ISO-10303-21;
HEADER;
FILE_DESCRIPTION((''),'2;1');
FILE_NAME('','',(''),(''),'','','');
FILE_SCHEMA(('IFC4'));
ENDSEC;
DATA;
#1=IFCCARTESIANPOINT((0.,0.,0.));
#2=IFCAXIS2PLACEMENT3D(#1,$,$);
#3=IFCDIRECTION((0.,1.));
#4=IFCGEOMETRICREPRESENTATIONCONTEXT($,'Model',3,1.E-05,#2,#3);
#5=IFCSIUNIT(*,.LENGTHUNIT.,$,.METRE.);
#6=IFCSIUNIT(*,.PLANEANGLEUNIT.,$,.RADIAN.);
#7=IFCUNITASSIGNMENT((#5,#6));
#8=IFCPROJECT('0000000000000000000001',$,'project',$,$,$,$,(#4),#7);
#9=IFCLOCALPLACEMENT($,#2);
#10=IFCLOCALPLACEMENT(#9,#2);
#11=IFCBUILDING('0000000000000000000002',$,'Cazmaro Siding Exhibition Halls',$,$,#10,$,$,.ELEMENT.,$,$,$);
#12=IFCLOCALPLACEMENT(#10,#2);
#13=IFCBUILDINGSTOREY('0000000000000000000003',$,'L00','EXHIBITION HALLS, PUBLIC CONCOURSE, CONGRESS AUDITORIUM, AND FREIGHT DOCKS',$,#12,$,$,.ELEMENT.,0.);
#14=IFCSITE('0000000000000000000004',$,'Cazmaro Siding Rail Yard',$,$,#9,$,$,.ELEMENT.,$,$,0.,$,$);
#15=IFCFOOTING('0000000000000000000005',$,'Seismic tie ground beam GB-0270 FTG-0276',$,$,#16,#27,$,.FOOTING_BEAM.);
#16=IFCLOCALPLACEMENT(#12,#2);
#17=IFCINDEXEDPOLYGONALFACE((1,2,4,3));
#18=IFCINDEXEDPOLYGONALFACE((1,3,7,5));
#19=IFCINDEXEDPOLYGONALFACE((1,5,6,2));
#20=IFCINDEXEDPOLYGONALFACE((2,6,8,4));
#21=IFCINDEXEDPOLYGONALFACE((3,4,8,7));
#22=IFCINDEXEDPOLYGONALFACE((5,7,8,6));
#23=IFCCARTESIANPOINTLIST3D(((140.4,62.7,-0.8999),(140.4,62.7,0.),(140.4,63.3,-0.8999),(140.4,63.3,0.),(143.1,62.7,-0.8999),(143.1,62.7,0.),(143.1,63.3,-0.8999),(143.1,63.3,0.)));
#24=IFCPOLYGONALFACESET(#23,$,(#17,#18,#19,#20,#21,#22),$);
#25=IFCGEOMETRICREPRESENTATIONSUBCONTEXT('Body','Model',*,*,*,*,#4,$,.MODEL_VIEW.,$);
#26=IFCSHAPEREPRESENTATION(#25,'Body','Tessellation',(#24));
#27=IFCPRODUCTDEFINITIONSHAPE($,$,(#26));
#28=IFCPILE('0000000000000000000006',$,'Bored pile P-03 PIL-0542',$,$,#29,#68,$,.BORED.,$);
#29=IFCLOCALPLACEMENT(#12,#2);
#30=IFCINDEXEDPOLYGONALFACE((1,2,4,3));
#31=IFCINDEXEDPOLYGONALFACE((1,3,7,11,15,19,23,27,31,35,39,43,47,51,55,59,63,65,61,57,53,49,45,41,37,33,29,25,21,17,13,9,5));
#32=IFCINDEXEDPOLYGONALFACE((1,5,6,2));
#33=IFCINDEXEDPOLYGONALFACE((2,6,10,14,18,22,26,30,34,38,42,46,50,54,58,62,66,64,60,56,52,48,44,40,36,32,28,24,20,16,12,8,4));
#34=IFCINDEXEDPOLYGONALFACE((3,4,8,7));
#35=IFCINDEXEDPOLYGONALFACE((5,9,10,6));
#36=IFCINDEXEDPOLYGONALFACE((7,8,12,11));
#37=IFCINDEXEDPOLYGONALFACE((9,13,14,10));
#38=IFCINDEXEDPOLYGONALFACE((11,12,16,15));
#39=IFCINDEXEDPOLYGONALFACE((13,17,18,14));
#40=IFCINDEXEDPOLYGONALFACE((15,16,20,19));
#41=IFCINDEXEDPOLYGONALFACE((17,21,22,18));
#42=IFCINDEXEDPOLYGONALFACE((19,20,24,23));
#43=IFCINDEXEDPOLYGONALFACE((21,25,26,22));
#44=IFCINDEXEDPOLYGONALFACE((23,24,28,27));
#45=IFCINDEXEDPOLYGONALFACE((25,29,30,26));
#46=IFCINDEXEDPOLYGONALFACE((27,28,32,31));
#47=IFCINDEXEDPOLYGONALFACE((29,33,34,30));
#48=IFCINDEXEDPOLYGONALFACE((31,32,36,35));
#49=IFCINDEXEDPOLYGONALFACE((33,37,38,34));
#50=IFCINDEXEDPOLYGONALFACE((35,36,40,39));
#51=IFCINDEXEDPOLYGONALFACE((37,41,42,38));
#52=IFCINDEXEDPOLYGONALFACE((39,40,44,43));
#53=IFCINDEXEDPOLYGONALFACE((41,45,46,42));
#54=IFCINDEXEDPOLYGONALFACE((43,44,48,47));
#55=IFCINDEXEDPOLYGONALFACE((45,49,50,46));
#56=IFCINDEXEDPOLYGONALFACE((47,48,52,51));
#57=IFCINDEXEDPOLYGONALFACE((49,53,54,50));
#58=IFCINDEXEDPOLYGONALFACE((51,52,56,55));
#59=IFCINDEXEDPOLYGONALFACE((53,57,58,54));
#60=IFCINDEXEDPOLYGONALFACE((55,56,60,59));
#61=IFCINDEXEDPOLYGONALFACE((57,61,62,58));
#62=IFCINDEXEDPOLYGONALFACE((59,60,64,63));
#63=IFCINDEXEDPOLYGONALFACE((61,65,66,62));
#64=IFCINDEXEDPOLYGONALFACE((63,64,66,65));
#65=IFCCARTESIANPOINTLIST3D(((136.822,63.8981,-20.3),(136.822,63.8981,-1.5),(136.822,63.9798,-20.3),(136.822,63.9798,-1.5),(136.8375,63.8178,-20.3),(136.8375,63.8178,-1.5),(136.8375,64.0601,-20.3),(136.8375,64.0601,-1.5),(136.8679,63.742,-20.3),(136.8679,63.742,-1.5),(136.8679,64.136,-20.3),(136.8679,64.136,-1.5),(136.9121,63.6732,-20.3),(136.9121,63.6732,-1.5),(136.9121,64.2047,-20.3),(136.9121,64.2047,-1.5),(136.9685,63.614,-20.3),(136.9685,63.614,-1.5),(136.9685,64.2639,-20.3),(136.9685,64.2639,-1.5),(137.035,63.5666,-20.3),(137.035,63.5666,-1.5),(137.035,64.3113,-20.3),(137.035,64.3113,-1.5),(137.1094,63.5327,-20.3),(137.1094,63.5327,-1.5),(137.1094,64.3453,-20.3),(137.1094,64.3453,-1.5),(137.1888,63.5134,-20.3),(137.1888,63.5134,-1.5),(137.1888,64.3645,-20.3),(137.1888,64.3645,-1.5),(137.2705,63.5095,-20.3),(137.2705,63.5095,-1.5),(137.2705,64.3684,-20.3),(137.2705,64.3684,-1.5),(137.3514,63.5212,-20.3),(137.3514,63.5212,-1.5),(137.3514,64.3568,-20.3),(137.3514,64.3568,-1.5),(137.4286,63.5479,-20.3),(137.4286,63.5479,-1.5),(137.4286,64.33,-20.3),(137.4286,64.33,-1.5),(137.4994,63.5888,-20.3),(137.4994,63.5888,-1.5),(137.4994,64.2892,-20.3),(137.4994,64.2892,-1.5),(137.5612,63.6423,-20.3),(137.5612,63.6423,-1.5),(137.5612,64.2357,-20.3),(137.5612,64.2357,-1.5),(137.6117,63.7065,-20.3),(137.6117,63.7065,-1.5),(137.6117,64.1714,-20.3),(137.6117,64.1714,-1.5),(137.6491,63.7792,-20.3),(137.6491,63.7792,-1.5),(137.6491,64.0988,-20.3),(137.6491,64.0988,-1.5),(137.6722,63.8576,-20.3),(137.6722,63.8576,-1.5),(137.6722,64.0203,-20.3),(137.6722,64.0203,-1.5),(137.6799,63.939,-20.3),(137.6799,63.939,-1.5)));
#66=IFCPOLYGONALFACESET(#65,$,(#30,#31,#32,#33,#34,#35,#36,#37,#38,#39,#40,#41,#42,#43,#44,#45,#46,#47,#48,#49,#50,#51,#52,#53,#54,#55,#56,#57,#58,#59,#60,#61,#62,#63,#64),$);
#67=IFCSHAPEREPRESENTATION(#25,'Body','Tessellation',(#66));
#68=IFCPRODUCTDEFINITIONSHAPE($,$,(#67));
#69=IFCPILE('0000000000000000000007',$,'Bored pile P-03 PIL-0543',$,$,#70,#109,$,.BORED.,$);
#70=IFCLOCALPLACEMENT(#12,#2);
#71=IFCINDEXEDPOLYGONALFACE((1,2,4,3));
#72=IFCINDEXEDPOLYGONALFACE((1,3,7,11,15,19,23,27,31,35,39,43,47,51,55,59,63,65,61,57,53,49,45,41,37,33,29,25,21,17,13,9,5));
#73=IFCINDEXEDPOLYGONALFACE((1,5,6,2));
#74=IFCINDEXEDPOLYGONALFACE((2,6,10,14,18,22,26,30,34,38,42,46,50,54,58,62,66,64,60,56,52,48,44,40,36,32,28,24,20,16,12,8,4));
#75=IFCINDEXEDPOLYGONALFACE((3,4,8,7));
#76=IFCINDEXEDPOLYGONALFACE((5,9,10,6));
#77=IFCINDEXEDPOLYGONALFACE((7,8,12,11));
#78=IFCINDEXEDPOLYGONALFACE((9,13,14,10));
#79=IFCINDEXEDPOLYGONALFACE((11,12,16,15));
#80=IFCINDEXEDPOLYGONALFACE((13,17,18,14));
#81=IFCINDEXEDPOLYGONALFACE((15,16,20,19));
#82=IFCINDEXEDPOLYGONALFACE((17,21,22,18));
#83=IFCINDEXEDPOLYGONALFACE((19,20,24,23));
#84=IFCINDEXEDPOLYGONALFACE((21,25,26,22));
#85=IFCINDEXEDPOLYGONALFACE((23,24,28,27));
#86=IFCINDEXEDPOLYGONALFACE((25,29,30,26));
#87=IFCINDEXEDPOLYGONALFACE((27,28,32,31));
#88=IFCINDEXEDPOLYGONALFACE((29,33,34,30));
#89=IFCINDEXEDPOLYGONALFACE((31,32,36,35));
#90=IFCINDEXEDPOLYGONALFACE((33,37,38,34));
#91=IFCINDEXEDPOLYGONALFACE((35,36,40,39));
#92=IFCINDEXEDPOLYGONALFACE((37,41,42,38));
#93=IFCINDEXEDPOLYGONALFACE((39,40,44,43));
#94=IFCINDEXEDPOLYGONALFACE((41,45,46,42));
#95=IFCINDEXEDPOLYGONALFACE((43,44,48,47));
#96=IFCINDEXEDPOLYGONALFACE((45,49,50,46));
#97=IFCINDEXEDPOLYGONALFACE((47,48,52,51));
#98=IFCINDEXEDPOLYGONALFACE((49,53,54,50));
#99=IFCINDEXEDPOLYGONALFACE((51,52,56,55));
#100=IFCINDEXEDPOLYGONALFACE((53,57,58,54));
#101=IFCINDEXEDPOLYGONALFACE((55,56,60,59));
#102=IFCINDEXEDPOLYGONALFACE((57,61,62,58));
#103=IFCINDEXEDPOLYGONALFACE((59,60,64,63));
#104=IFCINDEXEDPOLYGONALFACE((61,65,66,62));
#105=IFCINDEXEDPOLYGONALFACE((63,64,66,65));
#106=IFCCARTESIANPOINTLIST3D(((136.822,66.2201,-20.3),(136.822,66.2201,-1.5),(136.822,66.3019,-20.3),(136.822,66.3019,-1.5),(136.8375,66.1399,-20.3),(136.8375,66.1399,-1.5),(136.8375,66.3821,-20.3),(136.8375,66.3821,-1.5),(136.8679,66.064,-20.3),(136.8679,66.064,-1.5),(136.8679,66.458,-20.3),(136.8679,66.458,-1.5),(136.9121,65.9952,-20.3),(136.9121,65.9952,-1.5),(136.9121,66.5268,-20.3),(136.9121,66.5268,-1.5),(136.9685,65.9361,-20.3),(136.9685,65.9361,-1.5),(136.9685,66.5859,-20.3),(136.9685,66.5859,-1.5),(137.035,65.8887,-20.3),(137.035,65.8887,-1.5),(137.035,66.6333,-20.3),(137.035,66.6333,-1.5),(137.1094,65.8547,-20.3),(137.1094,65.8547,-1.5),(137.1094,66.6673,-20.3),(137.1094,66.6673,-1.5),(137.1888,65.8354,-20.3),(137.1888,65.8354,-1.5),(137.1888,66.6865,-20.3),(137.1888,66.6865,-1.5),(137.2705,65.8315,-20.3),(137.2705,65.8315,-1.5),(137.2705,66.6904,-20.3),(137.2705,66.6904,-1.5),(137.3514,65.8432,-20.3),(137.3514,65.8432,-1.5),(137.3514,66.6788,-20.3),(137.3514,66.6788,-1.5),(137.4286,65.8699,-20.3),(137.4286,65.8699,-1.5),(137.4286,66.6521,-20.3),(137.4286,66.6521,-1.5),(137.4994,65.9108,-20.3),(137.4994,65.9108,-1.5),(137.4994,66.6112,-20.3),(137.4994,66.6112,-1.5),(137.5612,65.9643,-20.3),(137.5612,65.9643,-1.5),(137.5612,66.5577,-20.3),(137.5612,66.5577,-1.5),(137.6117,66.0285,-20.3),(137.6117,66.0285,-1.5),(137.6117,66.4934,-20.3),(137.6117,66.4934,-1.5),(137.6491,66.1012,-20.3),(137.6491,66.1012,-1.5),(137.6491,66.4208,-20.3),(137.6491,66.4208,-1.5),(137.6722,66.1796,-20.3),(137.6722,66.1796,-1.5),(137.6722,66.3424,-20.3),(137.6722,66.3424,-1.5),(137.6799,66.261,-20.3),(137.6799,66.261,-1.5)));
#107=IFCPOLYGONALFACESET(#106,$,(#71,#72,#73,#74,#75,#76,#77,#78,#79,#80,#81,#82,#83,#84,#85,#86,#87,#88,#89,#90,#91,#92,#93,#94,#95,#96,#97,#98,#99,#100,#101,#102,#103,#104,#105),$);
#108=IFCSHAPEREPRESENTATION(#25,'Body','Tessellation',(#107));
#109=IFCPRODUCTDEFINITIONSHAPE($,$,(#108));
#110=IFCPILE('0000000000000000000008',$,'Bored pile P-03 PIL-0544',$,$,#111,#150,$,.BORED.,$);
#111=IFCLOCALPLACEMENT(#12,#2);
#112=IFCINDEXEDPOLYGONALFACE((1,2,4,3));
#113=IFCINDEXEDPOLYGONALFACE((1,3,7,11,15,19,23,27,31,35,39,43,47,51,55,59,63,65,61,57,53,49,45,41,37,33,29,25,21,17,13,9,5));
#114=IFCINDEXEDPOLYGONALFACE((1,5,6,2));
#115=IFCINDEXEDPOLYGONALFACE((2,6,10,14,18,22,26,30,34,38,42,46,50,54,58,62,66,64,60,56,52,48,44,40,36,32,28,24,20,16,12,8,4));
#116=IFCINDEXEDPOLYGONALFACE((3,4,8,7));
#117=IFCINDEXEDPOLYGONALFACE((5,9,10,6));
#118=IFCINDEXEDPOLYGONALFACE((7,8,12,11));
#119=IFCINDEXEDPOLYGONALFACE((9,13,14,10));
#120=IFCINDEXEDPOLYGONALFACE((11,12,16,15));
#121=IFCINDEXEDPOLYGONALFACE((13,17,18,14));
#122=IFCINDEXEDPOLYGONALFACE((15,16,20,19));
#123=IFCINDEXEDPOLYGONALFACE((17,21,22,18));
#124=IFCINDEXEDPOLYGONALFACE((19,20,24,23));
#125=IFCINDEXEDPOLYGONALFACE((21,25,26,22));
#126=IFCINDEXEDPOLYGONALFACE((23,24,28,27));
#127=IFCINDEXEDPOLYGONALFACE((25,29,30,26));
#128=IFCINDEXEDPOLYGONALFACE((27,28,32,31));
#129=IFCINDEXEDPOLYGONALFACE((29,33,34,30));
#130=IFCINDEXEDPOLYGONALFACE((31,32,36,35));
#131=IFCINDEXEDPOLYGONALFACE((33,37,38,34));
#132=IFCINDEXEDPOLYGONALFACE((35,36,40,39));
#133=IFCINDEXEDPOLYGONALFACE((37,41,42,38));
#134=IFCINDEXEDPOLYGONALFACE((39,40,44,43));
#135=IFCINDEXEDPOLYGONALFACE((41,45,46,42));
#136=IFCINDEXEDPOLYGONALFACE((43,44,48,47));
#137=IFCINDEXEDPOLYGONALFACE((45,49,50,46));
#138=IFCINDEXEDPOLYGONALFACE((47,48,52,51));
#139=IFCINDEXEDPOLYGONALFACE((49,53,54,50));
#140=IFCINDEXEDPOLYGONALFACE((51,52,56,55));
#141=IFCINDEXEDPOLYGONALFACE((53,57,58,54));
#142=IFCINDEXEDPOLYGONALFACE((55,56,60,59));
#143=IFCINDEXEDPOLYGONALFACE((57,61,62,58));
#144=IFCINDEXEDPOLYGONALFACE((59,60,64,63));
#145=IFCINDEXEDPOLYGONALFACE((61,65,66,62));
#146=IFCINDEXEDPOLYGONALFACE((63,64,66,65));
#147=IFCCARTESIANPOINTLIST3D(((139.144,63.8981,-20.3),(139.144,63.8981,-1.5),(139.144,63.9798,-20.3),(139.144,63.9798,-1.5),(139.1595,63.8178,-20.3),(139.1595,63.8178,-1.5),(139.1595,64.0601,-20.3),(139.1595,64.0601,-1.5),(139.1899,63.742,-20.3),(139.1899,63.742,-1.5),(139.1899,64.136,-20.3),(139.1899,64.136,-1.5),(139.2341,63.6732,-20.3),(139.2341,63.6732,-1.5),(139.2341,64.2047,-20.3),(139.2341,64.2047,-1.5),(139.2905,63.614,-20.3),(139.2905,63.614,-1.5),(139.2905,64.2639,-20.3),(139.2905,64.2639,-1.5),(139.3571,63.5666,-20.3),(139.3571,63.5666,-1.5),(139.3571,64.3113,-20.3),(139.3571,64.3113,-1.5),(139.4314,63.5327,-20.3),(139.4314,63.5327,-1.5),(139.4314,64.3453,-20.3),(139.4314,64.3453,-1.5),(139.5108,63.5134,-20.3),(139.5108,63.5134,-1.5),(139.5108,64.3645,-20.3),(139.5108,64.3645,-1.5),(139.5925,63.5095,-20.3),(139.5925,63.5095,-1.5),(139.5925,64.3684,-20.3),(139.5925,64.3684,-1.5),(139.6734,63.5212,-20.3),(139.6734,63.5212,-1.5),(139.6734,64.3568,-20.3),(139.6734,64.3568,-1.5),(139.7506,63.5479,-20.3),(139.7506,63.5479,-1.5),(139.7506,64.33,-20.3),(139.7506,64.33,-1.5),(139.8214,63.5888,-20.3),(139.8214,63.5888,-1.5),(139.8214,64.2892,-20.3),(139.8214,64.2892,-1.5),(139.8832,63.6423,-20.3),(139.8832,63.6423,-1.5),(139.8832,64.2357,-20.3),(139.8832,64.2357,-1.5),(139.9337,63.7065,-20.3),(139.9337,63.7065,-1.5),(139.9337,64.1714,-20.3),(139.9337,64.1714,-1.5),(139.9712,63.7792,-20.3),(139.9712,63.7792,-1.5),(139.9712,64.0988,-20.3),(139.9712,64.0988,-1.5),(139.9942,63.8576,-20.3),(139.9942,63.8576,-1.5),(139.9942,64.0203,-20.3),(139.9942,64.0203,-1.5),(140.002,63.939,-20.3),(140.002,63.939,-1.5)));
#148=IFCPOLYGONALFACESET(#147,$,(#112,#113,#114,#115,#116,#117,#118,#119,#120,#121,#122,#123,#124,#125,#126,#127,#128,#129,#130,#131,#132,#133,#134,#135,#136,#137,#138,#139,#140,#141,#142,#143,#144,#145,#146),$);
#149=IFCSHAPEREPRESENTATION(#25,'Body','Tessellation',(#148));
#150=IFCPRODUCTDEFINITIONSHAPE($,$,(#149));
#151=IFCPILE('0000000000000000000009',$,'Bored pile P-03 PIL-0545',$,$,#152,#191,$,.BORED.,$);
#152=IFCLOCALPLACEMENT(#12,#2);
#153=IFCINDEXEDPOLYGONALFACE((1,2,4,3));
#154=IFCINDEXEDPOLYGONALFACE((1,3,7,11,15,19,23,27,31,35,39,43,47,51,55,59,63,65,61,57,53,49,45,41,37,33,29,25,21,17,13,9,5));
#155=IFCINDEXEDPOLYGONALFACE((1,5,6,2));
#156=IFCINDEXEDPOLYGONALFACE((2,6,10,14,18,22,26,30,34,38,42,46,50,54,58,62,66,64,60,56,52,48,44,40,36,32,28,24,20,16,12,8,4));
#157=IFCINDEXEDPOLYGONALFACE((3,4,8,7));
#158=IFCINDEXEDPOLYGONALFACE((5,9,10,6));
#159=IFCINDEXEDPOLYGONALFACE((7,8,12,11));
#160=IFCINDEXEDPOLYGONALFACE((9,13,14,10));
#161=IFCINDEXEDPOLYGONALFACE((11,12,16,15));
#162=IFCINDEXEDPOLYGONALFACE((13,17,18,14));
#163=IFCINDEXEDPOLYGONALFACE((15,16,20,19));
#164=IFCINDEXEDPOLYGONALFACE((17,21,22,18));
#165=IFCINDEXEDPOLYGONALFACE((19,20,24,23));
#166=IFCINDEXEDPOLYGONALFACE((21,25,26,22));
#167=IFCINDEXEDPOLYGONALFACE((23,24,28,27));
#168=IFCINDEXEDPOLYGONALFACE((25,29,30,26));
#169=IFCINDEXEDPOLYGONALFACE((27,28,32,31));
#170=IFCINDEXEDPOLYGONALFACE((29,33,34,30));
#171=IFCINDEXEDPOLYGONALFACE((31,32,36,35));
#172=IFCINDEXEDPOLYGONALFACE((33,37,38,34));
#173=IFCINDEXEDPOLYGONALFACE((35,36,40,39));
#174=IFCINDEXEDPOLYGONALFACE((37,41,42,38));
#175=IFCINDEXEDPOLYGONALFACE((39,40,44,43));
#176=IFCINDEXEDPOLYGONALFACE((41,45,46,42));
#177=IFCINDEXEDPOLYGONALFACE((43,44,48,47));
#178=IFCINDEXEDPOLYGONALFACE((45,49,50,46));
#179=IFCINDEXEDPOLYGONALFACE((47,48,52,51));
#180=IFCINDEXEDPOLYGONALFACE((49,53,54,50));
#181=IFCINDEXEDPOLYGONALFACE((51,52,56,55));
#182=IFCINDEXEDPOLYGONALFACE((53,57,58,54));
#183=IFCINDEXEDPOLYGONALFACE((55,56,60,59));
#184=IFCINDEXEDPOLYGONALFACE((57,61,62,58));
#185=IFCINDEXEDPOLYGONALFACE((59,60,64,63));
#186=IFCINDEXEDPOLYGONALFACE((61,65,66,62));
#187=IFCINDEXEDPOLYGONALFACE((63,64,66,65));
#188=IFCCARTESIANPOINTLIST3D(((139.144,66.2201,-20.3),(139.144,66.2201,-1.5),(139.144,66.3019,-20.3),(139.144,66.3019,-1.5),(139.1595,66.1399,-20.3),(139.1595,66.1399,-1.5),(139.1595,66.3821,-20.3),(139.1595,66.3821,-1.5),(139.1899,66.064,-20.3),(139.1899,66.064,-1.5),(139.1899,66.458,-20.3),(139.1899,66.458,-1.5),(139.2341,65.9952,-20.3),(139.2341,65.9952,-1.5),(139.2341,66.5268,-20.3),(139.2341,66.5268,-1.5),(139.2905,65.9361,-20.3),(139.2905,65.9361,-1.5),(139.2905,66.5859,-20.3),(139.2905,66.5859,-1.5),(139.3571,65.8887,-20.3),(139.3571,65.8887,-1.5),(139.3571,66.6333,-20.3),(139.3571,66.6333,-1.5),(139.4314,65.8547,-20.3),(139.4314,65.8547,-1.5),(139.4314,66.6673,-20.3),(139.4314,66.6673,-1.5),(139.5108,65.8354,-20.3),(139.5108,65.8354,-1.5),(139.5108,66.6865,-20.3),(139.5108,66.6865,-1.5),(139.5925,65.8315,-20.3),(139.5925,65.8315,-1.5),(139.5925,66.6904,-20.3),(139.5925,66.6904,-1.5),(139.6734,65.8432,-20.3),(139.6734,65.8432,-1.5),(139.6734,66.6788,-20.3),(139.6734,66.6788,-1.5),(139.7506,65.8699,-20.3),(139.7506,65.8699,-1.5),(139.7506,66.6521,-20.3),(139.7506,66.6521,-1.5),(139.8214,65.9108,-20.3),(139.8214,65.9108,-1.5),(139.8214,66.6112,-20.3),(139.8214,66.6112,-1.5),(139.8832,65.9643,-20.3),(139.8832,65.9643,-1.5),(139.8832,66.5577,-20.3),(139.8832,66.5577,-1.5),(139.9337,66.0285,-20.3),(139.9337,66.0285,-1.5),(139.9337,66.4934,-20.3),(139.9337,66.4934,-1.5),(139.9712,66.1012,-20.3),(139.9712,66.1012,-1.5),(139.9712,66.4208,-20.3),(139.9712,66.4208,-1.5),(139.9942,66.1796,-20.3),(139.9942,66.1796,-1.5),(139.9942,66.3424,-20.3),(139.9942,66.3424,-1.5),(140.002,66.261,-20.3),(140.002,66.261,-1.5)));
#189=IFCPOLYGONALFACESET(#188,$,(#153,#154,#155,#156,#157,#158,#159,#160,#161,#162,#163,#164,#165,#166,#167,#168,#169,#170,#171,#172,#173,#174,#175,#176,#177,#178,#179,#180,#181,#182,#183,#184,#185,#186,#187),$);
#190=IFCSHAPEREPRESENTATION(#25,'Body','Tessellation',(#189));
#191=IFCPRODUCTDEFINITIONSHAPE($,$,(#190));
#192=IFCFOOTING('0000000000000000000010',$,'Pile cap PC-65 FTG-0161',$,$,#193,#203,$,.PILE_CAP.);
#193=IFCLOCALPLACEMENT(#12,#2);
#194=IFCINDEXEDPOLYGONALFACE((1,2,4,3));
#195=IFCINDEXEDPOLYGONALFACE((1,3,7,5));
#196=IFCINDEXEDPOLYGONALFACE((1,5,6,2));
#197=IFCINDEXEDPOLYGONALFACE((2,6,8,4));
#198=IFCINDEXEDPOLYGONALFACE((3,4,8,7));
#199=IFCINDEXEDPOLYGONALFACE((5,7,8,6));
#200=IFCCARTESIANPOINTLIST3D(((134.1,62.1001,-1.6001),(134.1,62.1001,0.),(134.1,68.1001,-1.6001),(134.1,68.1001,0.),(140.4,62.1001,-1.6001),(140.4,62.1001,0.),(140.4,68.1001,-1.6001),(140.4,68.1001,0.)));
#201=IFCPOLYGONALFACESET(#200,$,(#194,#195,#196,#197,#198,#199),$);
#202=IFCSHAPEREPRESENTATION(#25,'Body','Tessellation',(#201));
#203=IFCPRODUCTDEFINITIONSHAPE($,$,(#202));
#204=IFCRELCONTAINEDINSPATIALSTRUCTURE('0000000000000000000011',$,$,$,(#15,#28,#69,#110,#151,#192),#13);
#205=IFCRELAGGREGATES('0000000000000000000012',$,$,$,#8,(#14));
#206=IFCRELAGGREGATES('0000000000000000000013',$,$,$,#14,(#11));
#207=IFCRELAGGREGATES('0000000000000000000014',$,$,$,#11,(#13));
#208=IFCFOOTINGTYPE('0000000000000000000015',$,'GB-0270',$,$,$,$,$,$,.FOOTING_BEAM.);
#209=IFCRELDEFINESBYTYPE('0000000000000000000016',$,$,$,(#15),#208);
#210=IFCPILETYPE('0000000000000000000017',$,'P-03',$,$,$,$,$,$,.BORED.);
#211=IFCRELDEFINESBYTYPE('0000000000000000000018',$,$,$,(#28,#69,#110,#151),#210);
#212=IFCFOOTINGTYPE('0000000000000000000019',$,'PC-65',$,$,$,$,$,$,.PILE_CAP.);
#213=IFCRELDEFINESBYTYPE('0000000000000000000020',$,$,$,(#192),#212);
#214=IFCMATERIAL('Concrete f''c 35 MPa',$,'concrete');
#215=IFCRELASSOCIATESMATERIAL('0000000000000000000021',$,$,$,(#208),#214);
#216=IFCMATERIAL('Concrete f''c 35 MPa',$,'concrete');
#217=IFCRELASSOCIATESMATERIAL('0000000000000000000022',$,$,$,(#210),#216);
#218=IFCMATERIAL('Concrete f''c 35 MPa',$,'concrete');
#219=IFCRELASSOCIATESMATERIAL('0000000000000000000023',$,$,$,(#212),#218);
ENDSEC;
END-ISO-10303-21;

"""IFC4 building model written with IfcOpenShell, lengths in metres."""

from ifc_helpers import new_model, si_unit, direction, frame, origin, origin_2d, place, context, subcontext, project, spatial, rectangle, circle, extrude, material, material_profile, profile_set, type_object, element, save


model = new_model("IFC4")

# Units and contexts
model_context = context("Model", 3, precision=1e-05, world=origin(), true_north=direction((0.0, 1.0)))
body_context = subcontext(model_context, "Body", "Model", "MODEL_VIEW")
ifc_project = project(units=[si_unit("LENGTHUNIT", "METRE"), si_unit("PLANEANGLEUNIT", "RADIAN")], contexts=[model_context])

# Site, building, storey
site_placement = place(None, origin())
site = spatial("IfcSite", under=ifc_project, at=site_placement, Name="Cazmaro Siding Rail Yard", CompositionType="ELEMENT", RefElevation=0.0)
building_placement = place(site_placement, origin())
building = spatial("IfcBuilding", under=site, at=building_placement, Name="Cazmaro Siding Exhibition Halls", CompositionType="ELEMENT")
storey_placement = place(building_placement, origin())
storey = spatial("IfcBuildingStorey", under=building, at=storey_placement, Name="L00", Description="EXHIBITION HALLS, PUBLIC CONCOURSE, CONGRESS AUDITORIUM, AND FREIGHT DOCKS", CompositionType="ELEMENT", Elevation=0.0)

# Footing
ifc_material_1 = material(Name="Concrete f'c 35 MPa", Category="concrete")
footing_type_1 = type_object("IfcFootingType", Name="GB-0270", PredefinedType="FOOTING_BEAM", material=ifc_material_1)
footing_1_placement = place(storey_placement, frame((141.75, 63.0, -0.8999), z_axis=(0.0, 0.0, 1.0), x_axis=(1.0, 0.0, 0.0)))
element("IfcFooting", 1, at=footing_1_placement, inside=storey, type_object=footing_type_1, Name="Seismic tie ground beam GB-0270 FTG-0276", PredefinedType="FOOTING_BEAM", context=body_context, shape_type="SweptSolid", body=[
    extrude(rectangle(XDim=2.7, YDim=0.6001, at=origin_2d()), origin(), (0.0, 0.0, 1.0), 0.8999),
])

# Piles
ifc_material_2 = material(Name="Concrete f'c 35 MPa", Category="concrete")
ifc_material_profile_1 = material_profile(ifc_material_2, circle(Radius=0.4299, at=origin_2d()), Name="CIDH-860")
ifc_profile_set_1 = profile_set([ifc_material_profile_1], Name="Concrete f'c 35 MPa")
pile_type = type_object("IfcPileType", Name="P-03", PredefinedType="BORED", material=ifc_profile_set_1)
for number, where, z_axis, x_axis, name in (
    (2, (137.25, 63.939, -1.5), (0.0, 0.0, -1.0), (1.0, 0.0, 0.0), "Bored pile P-03 PIL-0542"),
    (3, (137.25, 66.261, -1.5), (0.0, 0.0, -1.0), (1.0, 0.0, 0.0), "Bored pile P-03 PIL-0543"),
    (4, (139.572, 63.939, -1.5), (0.0, 0.0, -1.0), (1.0, 0.0, 0.0), "Bored pile P-03 PIL-0544"),
    (5, (139.572, 66.261, -1.5), (0.0, 0.0, -1.0), (1.0, 0.0, 0.0), "Bored pile P-03 PIL-0545"),
):
    element("IfcPile", number, at=place(storey_placement, frame(where, z_axis=z_axis, x_axis=x_axis)), inside=storey, type_object=pile_type, Name=name, PredefinedType="BORED", context=body_context, shape_type="SweptSolid", body=[
        extrude(circle(Radius=0.4299, at=origin_2d()), origin(), (0.0, 0.0, 1.0), 18.8),
    ])

# Footing
ifc_material_3 = material(Name="Concrete f'c 35 MPa", Category="concrete")
footing_type_2 = type_object("IfcFootingType", Name="PC-65", PredefinedType="PILE_CAP", material=ifc_material_3)
footing_2_placement = place(storey_placement, frame((137.25, 65.1001, -1.6001), z_axis=(0.0, 0.0, 1.0), x_axis=(1.0, 0.0, 0.0)))
element("IfcFooting", 6, at=footing_2_placement, inside=storey, type_object=footing_type_2, Name="Pile cap PC-65 FTG-0161", PredefinedType="PILE_CAP", context=body_context, shape_type="SweptSolid", body=[
    extrude(rectangle(XDim=6.3, YDim=6.0, at=origin_2d()), origin(), (0.0, 0.0, 1.0), 1.6001),
])

save(model, "model.ifc")
